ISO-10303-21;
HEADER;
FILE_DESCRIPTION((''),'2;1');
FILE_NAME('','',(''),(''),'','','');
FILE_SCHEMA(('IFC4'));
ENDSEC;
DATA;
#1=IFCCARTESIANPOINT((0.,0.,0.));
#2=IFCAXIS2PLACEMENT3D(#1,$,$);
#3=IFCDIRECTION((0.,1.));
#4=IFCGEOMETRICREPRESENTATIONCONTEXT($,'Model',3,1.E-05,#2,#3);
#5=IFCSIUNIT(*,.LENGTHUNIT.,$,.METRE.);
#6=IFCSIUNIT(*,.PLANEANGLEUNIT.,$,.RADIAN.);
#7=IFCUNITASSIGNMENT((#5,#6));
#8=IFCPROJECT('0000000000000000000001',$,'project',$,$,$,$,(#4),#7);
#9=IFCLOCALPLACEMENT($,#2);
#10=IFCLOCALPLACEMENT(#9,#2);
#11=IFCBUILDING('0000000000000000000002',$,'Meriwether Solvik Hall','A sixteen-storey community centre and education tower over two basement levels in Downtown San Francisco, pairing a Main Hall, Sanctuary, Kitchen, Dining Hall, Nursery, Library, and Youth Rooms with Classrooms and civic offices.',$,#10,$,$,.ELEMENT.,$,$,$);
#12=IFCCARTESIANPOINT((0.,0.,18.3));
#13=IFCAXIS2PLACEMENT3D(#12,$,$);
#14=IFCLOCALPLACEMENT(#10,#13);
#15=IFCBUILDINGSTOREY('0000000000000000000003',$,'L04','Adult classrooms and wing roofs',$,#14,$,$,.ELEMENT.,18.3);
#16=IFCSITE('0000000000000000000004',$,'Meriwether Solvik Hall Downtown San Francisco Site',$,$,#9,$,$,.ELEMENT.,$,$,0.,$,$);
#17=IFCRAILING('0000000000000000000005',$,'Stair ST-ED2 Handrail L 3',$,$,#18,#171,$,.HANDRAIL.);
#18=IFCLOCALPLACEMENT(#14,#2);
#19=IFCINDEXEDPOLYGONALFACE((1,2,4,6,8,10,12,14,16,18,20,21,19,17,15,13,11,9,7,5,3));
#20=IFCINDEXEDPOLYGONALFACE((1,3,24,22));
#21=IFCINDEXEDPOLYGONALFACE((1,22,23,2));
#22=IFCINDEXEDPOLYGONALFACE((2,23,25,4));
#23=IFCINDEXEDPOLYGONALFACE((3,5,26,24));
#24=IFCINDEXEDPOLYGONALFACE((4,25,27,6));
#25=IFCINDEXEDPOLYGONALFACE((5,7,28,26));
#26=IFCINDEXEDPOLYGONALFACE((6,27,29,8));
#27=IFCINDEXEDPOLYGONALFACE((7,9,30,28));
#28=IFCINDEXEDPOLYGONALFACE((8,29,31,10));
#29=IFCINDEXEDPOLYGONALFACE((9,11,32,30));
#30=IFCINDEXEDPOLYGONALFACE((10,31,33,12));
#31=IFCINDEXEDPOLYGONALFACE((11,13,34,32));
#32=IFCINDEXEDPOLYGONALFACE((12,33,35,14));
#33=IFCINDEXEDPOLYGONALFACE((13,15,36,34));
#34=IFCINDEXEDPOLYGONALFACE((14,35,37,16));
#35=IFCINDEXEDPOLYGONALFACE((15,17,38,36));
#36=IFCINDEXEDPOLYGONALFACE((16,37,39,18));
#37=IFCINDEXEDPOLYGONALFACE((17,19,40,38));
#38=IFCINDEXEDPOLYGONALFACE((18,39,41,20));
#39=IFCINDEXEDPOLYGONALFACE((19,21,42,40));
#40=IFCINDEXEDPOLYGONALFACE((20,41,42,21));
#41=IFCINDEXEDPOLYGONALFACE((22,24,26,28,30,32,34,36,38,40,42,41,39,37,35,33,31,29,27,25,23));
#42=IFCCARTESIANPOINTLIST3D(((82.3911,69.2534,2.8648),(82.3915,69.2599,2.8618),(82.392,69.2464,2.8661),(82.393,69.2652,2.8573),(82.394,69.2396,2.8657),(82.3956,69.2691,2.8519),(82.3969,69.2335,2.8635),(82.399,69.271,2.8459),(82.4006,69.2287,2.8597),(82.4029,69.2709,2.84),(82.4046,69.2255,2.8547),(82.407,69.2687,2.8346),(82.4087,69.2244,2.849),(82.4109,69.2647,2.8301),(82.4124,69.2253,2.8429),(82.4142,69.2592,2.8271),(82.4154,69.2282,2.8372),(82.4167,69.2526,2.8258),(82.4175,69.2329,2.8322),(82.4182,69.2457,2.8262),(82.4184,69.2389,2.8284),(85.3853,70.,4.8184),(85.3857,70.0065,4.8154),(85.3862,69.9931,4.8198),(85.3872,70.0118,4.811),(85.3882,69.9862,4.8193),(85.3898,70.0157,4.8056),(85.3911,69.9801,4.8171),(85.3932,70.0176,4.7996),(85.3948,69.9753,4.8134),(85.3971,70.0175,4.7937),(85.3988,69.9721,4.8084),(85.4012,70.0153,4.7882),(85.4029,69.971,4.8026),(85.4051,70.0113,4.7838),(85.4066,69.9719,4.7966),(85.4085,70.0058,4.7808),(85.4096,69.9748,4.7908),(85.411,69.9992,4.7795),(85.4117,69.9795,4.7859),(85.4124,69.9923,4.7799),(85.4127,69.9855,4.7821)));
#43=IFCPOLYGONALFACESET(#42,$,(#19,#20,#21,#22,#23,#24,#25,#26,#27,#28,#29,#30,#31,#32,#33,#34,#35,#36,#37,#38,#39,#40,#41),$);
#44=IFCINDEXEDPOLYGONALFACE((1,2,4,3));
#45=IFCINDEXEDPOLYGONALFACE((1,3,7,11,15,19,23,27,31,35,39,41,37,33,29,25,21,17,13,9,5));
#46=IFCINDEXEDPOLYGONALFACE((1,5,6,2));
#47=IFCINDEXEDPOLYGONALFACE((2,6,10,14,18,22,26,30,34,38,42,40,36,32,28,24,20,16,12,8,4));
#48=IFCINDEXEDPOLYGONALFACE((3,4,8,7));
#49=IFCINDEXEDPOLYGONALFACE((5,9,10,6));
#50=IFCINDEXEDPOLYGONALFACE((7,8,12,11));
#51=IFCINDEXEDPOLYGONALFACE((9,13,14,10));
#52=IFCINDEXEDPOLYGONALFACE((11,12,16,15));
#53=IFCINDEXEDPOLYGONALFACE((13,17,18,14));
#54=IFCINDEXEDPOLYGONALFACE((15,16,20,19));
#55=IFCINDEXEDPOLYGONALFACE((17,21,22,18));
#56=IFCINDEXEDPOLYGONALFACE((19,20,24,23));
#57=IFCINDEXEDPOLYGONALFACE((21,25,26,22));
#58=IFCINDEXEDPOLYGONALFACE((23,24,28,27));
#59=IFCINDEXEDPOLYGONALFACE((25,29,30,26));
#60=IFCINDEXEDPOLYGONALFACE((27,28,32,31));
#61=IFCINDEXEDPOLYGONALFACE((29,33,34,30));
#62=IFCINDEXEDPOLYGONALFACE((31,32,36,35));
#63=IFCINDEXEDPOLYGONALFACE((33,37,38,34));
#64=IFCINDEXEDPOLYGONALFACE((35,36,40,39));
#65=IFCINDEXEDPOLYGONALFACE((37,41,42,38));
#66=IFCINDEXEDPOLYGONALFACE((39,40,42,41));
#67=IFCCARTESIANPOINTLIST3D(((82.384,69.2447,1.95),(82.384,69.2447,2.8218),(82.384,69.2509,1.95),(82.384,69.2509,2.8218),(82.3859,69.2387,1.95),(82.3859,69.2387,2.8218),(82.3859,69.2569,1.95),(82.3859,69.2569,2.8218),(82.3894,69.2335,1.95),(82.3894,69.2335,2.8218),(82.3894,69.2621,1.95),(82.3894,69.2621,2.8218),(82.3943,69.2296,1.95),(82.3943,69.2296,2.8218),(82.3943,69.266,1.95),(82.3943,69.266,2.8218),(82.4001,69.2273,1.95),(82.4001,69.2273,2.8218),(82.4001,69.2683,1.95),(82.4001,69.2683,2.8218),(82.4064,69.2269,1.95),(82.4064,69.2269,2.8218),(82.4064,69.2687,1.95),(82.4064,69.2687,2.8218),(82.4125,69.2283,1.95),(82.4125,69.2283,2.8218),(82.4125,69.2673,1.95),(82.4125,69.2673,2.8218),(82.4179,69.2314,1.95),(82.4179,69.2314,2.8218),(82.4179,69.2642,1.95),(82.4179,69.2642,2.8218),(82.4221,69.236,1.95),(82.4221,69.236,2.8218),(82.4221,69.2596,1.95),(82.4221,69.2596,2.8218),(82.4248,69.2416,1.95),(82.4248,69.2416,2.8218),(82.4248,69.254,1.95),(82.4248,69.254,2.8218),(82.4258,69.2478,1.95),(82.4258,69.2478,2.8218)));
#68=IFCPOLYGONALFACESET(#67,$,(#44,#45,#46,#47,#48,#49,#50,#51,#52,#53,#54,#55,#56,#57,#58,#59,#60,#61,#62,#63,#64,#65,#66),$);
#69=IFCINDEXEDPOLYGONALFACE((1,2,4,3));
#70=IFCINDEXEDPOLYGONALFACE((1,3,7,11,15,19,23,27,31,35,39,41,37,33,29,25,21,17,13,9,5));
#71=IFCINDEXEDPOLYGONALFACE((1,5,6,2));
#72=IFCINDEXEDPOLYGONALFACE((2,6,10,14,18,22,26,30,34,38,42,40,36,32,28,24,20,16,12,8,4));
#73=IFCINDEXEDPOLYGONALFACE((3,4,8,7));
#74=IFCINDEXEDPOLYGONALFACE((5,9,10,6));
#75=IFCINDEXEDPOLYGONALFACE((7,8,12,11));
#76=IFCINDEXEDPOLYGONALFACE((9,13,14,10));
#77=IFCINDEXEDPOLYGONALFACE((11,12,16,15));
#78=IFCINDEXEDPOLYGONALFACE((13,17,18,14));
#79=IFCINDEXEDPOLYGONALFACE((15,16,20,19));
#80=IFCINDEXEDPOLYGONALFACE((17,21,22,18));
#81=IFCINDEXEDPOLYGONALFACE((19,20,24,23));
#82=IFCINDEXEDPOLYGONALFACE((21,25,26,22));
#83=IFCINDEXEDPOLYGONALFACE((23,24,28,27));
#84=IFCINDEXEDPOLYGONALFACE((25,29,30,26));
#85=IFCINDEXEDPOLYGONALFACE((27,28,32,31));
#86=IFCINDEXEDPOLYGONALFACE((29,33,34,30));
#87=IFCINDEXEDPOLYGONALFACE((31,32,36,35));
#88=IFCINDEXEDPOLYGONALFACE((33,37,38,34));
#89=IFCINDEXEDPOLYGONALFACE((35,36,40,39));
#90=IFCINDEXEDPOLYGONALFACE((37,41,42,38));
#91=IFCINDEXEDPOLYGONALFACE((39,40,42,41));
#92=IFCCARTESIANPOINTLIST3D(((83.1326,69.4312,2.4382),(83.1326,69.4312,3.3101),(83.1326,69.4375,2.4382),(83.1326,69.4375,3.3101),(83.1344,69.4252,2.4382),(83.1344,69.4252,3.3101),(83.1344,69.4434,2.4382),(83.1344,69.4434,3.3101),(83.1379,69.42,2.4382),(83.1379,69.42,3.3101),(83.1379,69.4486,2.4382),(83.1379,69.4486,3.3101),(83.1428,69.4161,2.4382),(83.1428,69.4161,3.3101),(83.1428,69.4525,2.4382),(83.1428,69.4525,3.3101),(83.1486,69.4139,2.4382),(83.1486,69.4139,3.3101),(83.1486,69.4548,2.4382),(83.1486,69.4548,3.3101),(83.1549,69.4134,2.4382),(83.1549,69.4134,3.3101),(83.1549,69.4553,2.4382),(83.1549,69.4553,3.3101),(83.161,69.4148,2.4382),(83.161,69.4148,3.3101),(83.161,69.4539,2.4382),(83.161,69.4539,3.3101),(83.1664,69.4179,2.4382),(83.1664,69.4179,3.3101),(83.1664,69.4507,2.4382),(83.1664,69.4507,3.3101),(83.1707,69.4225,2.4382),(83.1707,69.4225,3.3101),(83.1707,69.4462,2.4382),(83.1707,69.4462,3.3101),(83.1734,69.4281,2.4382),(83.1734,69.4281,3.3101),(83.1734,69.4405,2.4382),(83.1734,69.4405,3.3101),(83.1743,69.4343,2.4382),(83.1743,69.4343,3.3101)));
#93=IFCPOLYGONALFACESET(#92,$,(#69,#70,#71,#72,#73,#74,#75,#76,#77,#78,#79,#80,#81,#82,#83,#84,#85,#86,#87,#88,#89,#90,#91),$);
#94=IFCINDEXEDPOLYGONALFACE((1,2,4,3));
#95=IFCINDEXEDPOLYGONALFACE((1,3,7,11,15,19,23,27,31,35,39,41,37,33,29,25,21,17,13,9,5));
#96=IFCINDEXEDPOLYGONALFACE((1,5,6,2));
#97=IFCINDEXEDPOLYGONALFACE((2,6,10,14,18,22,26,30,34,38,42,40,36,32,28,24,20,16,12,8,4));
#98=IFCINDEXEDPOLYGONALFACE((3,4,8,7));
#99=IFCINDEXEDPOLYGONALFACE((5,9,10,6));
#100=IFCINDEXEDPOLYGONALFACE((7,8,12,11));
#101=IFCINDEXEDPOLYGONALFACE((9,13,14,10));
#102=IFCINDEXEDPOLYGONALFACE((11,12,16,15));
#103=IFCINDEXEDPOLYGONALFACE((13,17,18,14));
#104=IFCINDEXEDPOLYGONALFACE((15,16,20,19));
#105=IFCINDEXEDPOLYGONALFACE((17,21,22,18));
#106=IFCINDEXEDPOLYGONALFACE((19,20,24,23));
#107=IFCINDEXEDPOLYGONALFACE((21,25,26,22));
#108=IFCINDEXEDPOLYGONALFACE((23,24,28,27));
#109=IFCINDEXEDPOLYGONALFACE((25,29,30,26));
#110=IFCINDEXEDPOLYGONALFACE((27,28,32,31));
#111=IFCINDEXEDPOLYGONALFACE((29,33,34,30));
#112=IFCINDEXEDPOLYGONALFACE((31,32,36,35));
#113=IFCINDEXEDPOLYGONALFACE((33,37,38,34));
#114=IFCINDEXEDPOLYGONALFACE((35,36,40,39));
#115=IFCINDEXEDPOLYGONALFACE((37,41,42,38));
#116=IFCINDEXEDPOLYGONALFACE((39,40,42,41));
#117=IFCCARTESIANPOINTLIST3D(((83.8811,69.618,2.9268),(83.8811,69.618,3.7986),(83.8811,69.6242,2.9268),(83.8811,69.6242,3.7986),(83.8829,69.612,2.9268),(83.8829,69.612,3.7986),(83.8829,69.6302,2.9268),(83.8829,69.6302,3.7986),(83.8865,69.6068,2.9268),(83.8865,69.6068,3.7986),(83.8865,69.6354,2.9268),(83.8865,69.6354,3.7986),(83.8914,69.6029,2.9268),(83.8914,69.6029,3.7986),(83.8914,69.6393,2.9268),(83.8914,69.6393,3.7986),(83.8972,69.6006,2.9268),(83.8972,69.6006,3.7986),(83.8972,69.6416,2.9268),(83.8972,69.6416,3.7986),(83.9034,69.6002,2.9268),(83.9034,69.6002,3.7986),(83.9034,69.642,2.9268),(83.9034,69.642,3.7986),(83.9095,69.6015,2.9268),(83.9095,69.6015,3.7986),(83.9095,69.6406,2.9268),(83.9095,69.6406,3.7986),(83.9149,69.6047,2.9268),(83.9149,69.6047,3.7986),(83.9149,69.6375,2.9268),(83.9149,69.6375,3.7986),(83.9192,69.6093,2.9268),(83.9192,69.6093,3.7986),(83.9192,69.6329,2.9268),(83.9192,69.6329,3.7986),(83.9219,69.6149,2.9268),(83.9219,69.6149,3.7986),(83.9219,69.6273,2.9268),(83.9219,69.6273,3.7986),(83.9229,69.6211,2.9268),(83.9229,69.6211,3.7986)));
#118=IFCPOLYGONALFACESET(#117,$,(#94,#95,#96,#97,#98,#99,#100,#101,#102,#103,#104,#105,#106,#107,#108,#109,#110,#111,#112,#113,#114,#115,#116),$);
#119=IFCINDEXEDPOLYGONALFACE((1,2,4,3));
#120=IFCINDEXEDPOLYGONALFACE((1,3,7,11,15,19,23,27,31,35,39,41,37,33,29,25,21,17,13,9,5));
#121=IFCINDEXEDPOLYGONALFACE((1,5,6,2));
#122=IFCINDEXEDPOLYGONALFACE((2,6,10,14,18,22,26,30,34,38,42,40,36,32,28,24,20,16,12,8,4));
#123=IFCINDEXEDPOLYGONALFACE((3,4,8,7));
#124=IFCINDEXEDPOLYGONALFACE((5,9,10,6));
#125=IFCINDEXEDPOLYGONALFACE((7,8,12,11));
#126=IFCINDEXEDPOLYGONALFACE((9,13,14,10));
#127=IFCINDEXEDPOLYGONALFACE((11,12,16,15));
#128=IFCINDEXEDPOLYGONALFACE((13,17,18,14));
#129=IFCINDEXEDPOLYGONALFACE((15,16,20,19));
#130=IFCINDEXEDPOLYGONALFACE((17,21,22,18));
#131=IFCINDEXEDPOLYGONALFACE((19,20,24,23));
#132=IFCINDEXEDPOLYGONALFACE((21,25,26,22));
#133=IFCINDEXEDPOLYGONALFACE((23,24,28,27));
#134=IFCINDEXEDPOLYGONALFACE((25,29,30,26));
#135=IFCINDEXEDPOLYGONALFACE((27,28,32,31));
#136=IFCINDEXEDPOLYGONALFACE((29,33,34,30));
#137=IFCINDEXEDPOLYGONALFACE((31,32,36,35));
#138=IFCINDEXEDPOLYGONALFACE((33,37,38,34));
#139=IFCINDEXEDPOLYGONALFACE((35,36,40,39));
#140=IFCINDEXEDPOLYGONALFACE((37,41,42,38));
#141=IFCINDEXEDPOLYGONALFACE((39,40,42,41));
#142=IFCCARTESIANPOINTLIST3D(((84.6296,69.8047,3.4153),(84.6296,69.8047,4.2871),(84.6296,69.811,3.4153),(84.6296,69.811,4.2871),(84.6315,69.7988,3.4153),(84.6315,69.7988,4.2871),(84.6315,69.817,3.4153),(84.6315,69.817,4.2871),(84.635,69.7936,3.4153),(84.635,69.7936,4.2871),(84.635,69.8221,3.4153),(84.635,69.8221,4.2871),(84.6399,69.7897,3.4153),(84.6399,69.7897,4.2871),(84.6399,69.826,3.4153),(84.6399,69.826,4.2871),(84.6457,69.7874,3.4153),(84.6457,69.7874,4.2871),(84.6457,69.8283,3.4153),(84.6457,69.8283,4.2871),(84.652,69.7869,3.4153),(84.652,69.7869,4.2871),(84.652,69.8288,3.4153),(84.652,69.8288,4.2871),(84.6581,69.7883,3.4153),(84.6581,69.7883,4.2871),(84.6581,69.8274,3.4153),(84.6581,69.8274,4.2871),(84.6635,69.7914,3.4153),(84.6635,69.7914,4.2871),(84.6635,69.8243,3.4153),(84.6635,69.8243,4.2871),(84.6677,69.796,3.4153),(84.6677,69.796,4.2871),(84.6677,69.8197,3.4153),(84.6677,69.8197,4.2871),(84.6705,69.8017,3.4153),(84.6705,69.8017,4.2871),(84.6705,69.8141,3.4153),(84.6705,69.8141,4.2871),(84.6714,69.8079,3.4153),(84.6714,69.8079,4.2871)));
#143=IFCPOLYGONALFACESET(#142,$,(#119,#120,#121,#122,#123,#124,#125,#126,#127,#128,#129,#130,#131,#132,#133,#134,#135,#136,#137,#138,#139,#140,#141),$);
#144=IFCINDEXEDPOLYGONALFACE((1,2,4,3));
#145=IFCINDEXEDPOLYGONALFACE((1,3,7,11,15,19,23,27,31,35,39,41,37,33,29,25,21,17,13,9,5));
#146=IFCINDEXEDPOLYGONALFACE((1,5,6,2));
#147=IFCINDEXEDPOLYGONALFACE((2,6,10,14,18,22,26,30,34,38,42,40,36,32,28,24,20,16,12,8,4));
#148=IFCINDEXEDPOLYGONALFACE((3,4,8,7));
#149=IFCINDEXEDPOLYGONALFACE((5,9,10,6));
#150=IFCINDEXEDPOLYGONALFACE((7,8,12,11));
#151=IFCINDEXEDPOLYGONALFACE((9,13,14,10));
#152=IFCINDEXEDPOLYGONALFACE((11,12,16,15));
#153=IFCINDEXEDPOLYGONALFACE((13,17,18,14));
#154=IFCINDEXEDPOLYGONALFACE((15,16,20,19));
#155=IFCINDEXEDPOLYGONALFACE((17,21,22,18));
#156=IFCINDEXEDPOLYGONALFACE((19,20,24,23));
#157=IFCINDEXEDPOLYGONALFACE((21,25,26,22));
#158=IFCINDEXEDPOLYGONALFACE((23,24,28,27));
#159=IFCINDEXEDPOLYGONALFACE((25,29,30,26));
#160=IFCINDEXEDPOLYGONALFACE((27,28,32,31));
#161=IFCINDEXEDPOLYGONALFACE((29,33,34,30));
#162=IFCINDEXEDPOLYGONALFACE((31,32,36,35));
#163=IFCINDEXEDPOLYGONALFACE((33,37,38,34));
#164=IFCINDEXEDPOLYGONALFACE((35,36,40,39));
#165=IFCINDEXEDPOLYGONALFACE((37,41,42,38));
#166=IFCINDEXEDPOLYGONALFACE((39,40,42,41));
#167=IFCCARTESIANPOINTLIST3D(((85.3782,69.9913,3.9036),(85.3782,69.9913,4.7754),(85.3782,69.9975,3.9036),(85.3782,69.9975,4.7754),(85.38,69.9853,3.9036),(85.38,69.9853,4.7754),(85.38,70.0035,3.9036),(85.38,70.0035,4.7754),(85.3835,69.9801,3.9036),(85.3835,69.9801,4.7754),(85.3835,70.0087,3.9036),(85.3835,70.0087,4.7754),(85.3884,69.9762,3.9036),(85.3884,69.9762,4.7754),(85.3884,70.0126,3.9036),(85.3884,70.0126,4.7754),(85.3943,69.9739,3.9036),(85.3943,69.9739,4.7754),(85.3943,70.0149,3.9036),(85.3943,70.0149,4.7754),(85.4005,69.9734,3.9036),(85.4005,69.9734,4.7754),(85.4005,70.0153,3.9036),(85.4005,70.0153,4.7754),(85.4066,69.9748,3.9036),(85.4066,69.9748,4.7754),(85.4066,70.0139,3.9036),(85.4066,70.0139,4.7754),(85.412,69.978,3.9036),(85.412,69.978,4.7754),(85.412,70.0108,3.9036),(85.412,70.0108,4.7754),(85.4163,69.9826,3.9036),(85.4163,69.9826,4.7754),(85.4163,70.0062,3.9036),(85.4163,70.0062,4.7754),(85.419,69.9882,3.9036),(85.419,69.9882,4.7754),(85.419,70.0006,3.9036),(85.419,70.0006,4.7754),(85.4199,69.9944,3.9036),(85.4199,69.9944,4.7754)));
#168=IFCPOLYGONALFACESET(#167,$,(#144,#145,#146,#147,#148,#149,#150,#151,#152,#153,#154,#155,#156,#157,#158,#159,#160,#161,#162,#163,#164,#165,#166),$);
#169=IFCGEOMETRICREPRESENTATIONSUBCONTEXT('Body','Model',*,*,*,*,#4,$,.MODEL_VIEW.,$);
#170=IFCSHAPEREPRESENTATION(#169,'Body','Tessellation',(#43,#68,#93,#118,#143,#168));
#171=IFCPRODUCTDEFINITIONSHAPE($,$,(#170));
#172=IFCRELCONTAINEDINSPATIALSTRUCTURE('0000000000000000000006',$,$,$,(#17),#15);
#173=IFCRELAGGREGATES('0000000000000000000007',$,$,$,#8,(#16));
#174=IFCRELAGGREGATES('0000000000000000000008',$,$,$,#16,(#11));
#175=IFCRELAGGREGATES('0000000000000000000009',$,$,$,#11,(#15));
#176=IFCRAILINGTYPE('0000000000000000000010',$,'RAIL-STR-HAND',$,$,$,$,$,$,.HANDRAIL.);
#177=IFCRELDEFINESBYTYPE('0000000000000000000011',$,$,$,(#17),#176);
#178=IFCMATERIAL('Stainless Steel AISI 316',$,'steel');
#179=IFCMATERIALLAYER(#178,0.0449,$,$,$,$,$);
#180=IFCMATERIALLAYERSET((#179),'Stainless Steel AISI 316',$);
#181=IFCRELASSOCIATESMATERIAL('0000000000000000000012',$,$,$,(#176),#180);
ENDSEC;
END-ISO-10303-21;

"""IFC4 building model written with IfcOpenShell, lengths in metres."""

from ifc_helpers import new_model, si_unit, direction, frame, origin, origin_2d, place, context, subcontext, project, spatial, circle, extrude, material, layer, layer_set, type_object, element, save


model = new_model("IFC4")

# Units and contexts
model_context = context("Model", 3, precision=1e-05, world=origin(), true_north=direction((0.0, 1.0)))
body_context = subcontext(model_context, "Body", "Model", "MODEL_VIEW")
ifc_project = project(units=[si_unit("LENGTHUNIT", "METRE"), si_unit("PLANEANGLEUNIT", "RADIAN")], contexts=[model_context])

# Site, building, storey
site_placement = place(None, origin())
site = spatial("IfcSite", under=ifc_project, at=site_placement, Name="Meriwether Solvik Hall Downtown San Francisco Site", CompositionType="ELEMENT", RefElevation=0.0)
building_placement = place(site_placement, origin())
building = spatial("IfcBuilding", under=site, at=building_placement, Name="Meriwether Solvik Hall", Description="A sixteen-storey community centre and education tower over two basement levels in Downtown San Francisco, pairing a Main Hall, Sanctuary, Kitchen, Dining Hall, Nursery, Library, and Youth Rooms with Classrooms and civic offices.", CompositionType="ELEMENT")
storey_placement = place(building_placement, frame((0.0, 0.0, 18.3)))
storey = spatial("IfcBuildingStorey", under=building, at=storey_placement, Name="L04", Description="Adult classrooms and wing roofs", CompositionType="ELEMENT", Elevation=18.3)

# Railing
ifc_material_1 = material(Name="Stainless Steel AISI 316", Category="steel")
ifc_layer_1 = layer(ifc_material_1, 0.0449)
ifc_layer_set_1 = layer_set([ifc_layer_1], Name="Stainless Steel AISI 316")
railing_type_1 = type_object("IfcRailingType", Name="RAIL-STR-HAND", PredefinedType="HANDRAIL", material=ifc_layer_set_1)
for number, where, name in (
    (1, (82.4048, 69.2478, 1.95), "Stair ST-ED2 Handrail L 3"),
):
    element("IfcRailing", number, at=place(storey_placement, frame(where)), inside=storey, type_object=railing_type_1, Name=name, PredefinedType="HANDRAIL", context=body_context, shape_type="SweptSolid", body=[
        extrude(circle(Radius=0.0239, at=origin_2d()), frame((0.0, 0.0, 0.896), z_axis=(0.819809, 0.204417, 0.534908), x_axis=(-0.24194, 0.970291, 0.0)), (0.0, 0.0, 1.0), 3.6523),
        extrude(circle(Radius=0.021, at=origin_2d()), origin(), (0.0, 0.0, 1.0), 0.8718),
        extrude(circle(Radius=0.021, at=origin_2d()), frame((0.7485, 0.1865, 0.4883)), (0.0, 0.0, 1.0), 0.8718),
        extrude(circle(Radius=0.021, at=origin_2d()), frame((1.4971, 0.3733, 0.9768)), (0.0, 0.0, 1.0), 0.8718),
        extrude(circle(Radius=0.021, at=origin_2d()), frame((2.2456, 0.5601, 1.4653)), (0.0, 0.0, 1.0), 0.8718),
        extrude(circle(Radius=0.021, at=origin_2d()), frame((2.9941, 0.7466, 1.9536)), (0.0, 0.0, 1.0), 0.8718),
    ])

save(model, "model.ifc")
